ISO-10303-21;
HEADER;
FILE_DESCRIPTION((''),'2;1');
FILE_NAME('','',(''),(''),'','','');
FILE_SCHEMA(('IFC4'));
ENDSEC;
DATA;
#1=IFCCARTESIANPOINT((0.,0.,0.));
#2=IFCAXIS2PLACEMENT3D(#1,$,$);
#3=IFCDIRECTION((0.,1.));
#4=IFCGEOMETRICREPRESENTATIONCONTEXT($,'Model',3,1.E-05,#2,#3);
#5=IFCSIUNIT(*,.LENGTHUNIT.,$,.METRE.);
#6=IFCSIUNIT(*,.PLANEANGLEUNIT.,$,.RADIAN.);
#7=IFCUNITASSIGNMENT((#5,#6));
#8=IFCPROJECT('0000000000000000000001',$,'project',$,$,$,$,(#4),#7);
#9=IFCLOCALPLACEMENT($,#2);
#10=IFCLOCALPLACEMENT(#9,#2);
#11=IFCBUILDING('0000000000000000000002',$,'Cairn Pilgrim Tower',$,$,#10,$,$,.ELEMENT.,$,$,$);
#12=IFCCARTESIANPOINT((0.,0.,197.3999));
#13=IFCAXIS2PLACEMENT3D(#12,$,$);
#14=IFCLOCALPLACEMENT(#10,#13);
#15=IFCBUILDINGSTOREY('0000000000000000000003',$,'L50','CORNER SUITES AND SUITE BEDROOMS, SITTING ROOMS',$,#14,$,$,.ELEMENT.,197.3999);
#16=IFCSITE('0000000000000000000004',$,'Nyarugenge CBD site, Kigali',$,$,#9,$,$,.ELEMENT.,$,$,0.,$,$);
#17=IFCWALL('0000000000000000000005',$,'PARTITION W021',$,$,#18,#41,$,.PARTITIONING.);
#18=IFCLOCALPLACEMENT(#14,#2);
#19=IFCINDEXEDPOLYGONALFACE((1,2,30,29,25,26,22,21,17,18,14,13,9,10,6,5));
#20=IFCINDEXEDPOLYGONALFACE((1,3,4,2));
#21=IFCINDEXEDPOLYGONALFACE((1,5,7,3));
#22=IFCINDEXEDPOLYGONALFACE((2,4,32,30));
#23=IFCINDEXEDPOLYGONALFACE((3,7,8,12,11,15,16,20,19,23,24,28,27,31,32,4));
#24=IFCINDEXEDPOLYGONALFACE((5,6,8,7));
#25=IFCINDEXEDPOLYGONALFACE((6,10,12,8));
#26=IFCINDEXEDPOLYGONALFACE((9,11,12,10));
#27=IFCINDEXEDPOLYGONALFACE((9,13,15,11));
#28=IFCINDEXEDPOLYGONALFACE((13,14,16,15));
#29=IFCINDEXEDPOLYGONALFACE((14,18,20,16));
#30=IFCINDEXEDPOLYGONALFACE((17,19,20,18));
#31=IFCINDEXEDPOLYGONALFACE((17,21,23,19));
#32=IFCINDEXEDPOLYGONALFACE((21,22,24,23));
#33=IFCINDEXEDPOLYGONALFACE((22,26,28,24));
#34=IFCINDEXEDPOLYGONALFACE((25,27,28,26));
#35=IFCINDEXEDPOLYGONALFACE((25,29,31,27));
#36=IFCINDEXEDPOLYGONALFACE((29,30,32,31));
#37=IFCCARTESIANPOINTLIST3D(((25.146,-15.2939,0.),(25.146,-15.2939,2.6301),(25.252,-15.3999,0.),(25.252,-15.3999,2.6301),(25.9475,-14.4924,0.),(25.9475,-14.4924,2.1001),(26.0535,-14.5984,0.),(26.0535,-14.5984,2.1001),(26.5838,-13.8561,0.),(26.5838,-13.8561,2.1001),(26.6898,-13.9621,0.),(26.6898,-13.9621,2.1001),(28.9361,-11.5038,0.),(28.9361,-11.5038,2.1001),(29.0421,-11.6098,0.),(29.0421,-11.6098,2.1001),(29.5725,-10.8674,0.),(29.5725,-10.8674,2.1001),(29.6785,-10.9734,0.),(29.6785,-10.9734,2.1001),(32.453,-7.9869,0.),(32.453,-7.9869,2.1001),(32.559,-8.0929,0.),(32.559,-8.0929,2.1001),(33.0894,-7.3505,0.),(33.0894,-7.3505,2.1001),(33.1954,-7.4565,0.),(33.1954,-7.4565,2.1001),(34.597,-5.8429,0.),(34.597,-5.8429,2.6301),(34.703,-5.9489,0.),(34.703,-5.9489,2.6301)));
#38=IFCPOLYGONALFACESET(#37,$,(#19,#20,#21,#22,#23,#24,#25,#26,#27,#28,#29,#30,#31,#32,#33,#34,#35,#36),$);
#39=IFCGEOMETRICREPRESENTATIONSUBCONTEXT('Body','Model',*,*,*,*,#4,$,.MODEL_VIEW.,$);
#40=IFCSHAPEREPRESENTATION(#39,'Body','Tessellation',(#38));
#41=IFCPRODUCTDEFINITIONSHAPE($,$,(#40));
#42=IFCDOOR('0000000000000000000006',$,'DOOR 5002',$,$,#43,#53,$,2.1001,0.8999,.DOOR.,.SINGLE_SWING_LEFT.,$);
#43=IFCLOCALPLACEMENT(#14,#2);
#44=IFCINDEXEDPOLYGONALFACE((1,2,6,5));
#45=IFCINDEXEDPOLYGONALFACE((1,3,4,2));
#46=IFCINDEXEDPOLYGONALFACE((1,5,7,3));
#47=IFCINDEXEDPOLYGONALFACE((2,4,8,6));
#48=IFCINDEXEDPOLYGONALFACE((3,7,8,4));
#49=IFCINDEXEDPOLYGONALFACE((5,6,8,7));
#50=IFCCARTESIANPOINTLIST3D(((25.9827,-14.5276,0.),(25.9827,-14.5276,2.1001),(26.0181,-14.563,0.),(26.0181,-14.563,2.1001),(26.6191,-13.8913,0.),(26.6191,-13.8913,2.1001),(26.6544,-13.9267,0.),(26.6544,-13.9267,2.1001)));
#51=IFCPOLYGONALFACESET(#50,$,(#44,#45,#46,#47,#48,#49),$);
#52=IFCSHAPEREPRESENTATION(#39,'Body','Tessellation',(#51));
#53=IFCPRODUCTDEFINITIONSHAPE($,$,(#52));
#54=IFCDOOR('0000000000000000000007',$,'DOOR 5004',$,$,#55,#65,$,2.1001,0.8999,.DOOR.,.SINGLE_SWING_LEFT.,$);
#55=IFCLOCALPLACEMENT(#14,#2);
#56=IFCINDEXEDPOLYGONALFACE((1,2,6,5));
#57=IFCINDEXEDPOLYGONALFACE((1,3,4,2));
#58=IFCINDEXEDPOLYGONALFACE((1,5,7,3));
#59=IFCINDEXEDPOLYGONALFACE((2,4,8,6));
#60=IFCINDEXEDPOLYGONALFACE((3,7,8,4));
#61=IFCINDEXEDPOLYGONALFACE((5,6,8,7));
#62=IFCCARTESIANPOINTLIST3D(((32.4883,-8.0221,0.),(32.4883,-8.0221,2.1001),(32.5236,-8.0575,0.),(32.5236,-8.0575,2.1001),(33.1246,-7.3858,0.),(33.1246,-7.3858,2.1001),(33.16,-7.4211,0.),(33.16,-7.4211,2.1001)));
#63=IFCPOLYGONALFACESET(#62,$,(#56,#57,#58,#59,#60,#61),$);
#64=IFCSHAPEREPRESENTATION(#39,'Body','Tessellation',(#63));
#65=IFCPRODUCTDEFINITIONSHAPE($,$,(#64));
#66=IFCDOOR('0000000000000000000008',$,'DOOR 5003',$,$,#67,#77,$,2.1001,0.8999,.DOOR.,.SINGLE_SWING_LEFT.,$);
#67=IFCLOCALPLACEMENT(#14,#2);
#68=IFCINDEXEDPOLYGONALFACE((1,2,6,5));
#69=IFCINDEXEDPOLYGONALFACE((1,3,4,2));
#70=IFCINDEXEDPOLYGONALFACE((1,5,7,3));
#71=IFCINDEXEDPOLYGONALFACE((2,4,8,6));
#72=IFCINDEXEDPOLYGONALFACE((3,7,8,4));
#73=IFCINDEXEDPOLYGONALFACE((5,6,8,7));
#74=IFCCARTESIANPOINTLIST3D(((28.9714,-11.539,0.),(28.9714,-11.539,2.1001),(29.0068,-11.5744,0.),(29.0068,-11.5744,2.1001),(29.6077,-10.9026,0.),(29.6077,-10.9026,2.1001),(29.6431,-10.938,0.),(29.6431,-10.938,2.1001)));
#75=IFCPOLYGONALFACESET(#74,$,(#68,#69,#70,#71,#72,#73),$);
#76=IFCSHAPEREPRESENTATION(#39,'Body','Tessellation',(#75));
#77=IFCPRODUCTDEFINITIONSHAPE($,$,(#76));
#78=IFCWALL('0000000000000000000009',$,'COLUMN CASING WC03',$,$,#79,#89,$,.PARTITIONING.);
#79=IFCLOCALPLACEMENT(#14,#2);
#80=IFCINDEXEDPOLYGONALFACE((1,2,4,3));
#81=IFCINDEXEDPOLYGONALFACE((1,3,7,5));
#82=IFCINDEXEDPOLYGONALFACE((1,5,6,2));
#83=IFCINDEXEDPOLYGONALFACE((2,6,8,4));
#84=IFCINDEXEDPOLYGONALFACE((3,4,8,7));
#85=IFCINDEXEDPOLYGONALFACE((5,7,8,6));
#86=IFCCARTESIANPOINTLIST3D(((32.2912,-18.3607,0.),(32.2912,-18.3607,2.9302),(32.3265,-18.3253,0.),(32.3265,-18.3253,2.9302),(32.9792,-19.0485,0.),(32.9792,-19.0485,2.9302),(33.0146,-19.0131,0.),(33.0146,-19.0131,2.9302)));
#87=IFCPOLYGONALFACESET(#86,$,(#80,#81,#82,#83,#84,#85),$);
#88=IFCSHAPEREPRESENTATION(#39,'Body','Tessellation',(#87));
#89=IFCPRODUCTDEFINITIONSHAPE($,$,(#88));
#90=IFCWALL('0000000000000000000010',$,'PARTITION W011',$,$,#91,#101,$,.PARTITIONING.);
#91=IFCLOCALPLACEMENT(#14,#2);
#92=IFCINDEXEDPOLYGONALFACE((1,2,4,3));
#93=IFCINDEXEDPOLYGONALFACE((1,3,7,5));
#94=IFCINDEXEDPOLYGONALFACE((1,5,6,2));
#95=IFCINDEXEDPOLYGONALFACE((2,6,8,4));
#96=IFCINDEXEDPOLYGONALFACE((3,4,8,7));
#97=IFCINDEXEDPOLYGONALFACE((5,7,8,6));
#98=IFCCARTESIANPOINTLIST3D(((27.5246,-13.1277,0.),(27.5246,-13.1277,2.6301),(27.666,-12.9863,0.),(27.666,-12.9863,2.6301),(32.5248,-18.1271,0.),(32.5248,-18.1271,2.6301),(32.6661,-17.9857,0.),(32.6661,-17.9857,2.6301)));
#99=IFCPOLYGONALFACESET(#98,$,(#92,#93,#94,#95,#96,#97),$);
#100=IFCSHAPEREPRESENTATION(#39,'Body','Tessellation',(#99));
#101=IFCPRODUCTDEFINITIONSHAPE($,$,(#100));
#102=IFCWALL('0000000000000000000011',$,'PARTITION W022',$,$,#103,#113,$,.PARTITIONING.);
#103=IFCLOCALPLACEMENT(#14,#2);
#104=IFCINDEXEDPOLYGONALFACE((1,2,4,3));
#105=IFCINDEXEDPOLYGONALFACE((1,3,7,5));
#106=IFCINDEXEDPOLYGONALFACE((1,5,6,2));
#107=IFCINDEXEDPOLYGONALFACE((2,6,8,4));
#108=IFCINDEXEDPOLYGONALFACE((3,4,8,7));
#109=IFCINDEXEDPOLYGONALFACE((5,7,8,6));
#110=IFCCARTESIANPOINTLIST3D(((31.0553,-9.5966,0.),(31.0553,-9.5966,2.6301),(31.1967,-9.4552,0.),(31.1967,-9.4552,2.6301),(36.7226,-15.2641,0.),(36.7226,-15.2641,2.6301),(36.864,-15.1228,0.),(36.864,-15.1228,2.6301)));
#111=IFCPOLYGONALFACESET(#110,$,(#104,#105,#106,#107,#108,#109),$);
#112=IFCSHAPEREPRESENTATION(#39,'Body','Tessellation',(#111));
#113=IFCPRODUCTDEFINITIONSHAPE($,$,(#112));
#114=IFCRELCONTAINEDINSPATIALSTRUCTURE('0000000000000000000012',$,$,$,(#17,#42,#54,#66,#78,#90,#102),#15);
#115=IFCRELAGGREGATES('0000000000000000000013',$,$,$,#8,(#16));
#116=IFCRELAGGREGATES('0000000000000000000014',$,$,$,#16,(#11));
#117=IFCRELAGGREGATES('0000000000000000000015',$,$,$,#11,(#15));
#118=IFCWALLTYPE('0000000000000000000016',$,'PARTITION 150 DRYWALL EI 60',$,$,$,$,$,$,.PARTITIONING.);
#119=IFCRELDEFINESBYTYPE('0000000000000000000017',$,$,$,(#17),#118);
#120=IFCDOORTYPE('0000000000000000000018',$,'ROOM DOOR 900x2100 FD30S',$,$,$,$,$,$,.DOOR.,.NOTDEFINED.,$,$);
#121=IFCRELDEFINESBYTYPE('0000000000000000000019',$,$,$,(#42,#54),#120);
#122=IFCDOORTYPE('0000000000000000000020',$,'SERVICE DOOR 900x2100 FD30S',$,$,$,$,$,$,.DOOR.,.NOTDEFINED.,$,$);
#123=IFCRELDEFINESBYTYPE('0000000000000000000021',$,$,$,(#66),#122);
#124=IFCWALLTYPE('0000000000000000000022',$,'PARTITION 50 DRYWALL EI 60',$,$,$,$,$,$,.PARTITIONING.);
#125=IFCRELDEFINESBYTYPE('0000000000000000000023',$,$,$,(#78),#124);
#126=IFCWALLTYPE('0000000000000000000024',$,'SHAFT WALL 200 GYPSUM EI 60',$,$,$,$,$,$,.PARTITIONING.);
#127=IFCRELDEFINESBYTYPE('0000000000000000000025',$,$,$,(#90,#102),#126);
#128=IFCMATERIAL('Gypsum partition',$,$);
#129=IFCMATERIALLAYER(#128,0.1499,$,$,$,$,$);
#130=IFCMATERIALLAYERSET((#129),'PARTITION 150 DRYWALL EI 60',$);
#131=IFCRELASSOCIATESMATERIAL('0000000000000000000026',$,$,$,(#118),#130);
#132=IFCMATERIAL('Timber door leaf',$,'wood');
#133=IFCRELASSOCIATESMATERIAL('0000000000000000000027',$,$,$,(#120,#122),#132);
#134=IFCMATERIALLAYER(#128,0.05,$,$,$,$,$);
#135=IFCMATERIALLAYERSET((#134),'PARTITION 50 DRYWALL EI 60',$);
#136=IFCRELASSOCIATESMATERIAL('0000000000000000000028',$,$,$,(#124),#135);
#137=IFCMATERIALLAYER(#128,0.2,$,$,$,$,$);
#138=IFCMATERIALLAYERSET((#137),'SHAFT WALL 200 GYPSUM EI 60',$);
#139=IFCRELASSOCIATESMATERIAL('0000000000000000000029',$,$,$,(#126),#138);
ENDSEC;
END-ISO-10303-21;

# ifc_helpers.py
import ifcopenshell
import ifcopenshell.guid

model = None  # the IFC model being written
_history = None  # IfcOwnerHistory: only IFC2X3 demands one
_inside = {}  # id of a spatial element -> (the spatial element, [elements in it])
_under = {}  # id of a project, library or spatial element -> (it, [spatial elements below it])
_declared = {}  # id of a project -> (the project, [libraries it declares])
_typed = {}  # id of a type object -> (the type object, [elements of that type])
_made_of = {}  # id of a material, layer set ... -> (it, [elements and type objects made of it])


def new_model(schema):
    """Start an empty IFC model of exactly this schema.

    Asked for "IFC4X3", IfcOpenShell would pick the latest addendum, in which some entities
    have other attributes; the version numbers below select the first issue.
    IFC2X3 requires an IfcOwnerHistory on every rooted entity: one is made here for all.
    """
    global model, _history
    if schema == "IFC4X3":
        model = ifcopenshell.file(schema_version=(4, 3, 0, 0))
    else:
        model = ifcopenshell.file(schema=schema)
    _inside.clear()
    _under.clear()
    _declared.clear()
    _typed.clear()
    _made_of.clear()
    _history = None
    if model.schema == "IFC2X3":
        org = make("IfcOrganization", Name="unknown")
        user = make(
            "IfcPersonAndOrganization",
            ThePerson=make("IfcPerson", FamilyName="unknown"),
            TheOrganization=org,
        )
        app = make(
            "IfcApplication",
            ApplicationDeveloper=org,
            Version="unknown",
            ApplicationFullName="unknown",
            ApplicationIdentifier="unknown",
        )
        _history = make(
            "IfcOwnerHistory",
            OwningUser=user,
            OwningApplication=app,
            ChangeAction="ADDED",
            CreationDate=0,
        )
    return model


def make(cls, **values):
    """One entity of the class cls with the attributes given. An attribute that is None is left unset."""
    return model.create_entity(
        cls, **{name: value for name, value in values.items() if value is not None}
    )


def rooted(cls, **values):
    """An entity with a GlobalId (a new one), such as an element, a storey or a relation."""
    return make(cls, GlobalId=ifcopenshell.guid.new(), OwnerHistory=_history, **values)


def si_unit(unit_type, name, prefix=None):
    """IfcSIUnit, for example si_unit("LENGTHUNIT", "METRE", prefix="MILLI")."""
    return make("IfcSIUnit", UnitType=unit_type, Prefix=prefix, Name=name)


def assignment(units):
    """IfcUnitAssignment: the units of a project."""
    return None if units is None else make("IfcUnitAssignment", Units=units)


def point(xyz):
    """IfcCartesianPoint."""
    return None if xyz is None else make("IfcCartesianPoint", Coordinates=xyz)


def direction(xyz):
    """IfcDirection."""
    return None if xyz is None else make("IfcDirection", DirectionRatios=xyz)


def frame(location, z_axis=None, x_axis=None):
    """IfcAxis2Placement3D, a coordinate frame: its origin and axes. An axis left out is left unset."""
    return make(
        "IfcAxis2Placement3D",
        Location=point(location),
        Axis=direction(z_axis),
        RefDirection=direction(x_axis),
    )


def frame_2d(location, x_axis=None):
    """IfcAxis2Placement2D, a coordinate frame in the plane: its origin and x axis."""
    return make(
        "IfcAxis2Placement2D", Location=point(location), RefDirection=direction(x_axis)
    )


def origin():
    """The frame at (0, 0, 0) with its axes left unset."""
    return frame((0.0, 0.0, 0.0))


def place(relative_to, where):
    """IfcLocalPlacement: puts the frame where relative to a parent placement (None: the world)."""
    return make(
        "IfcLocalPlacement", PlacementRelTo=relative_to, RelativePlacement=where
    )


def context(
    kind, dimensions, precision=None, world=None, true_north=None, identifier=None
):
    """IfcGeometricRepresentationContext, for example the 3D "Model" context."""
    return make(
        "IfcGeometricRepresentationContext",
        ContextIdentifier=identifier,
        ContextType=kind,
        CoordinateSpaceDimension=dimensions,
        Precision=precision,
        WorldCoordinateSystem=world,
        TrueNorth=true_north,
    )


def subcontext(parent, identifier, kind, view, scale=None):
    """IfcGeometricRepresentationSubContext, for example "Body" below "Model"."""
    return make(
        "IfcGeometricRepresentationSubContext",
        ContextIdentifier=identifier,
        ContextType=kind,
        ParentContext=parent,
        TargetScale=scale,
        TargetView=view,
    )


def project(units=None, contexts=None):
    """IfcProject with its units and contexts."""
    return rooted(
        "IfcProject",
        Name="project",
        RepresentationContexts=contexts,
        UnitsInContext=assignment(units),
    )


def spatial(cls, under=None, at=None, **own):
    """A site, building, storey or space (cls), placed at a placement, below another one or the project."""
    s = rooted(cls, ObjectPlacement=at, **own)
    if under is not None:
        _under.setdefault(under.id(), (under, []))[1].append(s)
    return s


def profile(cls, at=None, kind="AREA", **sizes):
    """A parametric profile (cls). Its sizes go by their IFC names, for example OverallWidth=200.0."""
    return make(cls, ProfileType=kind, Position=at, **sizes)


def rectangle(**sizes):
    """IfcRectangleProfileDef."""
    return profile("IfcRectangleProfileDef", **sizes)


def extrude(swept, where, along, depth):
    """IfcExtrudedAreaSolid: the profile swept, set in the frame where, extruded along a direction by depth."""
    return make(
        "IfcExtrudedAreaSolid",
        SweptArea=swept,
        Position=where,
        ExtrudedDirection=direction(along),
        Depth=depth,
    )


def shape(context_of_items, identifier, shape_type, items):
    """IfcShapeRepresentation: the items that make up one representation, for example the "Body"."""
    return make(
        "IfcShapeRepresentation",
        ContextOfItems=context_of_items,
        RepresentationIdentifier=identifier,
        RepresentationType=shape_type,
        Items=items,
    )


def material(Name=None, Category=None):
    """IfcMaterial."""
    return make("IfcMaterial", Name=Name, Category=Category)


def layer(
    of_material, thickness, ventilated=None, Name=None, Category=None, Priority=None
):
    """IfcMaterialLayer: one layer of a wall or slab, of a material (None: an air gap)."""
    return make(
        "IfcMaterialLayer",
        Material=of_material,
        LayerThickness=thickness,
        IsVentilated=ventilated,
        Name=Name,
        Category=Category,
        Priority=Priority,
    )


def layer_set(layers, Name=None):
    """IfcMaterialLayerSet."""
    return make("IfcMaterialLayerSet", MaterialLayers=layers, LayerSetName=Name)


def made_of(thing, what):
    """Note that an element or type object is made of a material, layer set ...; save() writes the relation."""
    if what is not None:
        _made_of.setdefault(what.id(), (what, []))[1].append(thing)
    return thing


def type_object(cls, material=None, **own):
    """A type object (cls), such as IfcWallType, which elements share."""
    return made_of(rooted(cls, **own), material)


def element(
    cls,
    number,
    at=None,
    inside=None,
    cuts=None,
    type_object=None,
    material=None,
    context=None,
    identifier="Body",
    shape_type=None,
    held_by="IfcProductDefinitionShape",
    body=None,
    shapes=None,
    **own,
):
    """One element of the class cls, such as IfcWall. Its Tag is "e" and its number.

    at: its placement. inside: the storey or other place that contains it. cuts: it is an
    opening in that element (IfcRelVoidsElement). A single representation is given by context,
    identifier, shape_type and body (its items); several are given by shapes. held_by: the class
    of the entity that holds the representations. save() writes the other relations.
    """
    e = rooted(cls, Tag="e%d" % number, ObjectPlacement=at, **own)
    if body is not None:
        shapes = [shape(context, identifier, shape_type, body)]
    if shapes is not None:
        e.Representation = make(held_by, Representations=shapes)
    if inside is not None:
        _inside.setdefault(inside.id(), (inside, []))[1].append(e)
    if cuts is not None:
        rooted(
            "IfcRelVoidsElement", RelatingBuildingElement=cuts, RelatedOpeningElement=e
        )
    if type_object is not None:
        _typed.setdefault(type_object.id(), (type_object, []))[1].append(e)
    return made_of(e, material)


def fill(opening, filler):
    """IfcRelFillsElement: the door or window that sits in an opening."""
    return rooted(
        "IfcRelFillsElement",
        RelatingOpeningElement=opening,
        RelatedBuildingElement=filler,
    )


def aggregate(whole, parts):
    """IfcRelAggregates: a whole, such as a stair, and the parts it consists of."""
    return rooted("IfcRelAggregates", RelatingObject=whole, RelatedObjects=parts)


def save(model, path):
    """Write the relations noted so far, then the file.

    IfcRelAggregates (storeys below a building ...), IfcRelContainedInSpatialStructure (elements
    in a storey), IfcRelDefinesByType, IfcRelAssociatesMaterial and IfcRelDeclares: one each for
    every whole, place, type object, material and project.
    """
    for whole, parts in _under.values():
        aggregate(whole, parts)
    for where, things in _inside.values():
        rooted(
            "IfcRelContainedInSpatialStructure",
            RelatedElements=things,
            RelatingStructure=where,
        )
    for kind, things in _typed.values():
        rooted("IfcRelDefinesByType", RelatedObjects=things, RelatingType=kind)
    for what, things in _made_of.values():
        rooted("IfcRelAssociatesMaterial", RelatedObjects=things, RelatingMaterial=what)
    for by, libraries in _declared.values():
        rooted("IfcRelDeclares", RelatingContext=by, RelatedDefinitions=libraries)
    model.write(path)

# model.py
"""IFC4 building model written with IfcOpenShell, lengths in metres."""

from ifc_helpers import new_model, si_unit, direction, frame, frame_2d, origin, place, context, subcontext, project, spatial, rectangle, extrude, material, layer, layer_set, type_object, element, fill, save


model = new_model("IFC4")

# Units and contexts
model_context = context("Model", 3, precision=1e-05, world=origin(), true_north=direction((0.0, 1.0)))
body_context = subcontext(model_context, "Body", "Model", "MODEL_VIEW")
ifc_project = project(units=[si_unit("LENGTHUNIT", "METRE"), si_unit("PLANEANGLEUNIT", "RADIAN")], contexts=[model_context])

# Site, building, storey
site_placement = place(None, origin())
site = spatial("IfcSite", under=ifc_project, at=site_placement, Name="Nyarugenge CBD site, Kigali", CompositionType="ELEMENT", RefElevation=0.0)
building_placement = place(site_placement, origin())
building = spatial("IfcBuilding", under=site, at=building_placement, Name="Cairn Pilgrim Tower", CompositionType="ELEMENT")
storey_placement = place(building_placement, frame((0.0, 0.0, 197.3999)))
storey = spatial("IfcBuildingStorey", under=building, at=storey_placement, Name="L50", Description="CORNER SUITES AND SUITE BEDROOMS, SITTING ROOMS", CompositionType="ELEMENT", Elevation=197.3999)

# Shared definitions
ifc_material_1 = material(Name="Gypsum partition")

# Wall, openings, doors
ifc_layer_1 = layer(ifc_material_1, 0.1499)
ifc_layer_set_1 = layer_set([ifc_layer_1], Name="PARTITION 150 DRYWALL EI 60")
wall_type_1 = type_object("IfcWallType", Name="PARTITION 150 DRYWALL EI 60", PredefinedType="PARTITIONING", material=ifc_layer_set_1)
wall_1_placement = place(storey_placement, frame((25.199, -15.3469, 0.0), z_axis=(0.0, 0.0, 1.0), x_axis=(0.707107, 0.707107, 0.0)))
wall_1 = element("IfcWall", 1, at=wall_1_placement, inside=storey, type_object=wall_type_1, Name="PARTITION W021", PredefinedType="PARTITIONING", context=body_context, shape_type="SweptSolid", body=[
    extrude(rectangle(XDim=13.3657, YDim=0.1499, at=frame_2d((6.6829, 0.0))), origin(), (0.0, 0.0, 1.0), 2.6301),
])
opening_1_placement = place(wall_1_placement, frame((1.1335, 0.0, 0.0)))
opening_1 = element("IfcOpeningElement", 2, at=opening_1_placement, cuts=wall_1, PredefinedType="OPENING", context=body_context, shape_type="SweptSolid", body=[
    extrude(rectangle(XDim=0.8999, YDim=2.1001, at=frame_2d((0.45, 1.05))), frame((0.0, 0.085, 0.0), z_axis=(0.0, -1.0, 0.0), x_axis=(1.0, 0.0, 0.0)), (0.0, 0.0, 1.0), 0.1699),
])
opening_2_placement = place(wall_1_placement, frame((5.3601, 0.0, 0.0)))
opening_2 = element("IfcOpeningElement", 3, at=opening_2_placement, cuts=wall_1, PredefinedType="OPENING", context=body_context, shape_type="SweptSolid", body=[
    extrude(rectangle(XDim=0.8999, YDim=2.1001, at=frame_2d((0.45, 1.05))), frame((0.0, 0.085, 0.0), z_axis=(0.0, -1.0, 0.0), x_axis=(1.0, 0.0, 0.0)), (0.0, 0.0, 1.0), 0.1699),
])
opening_3_placement = place(wall_1_placement, frame((10.3337, 0.0, 0.0)))
opening_3 = element("IfcOpeningElement", 4, at=opening_3_placement, cuts=wall_1, PredefinedType="OPENING", context=body_context, shape_type="SweptSolid", body=[
    extrude(rectangle(XDim=0.8999, YDim=2.1001, at=frame_2d((0.45, 1.05))), frame((0.0, 0.085, 0.0), z_axis=(0.0, -1.0, 0.0), x_axis=(1.0, 0.0, 0.0)), (0.0, 0.0, 1.0), 0.1699),
])
ifc_material_2 = material(Name="Timber door leaf", Category="wood")
door_type_1 = type_object("IfcDoorType", Name="ROOM DOOR 900x2100 FD30S", OperationType="NOTDEFINED", PredefinedType="DOOR", material=ifc_material_2)
door_1_placement = place(opening_1_placement, frame((0.8999, 0.0, 0.0), z_axis=(0.0, 0.0, 1.0), x_axis=(-1.0, 0.0, 0.0)))
door_1 = element("IfcDoor", 5, at=door_1_placement, inside=storey, type_object=door_type_1, Name="DOOR 5002", OperationType="SINGLE_SWING_LEFT", OverallHeight=2.1001, OverallWidth=0.8999, PredefinedType="DOOR", context=body_context, shape_type="SweptSolid", body=[
    extrude(rectangle(XDim=0.8999, YDim=2.1001, at=frame_2d((0.45, 1.05))), frame((0.0, 0.0249, 0.0), z_axis=(0.0, -1.0, 0.0), x_axis=(1.0, 0.0, 0.0)), (0.0, 0.0, 1.0), 0.05),
])
fill(opening_1, door_1)
door_2_placement = place(opening_3_placement, frame((0.8999, 0.0, 0.0), z_axis=(0.0, 0.0, 1.0), x_axis=(-1.0, 0.0, 0.0)))
door_2 = element("IfcDoor", 6, at=door_2_placement, inside=storey, type_object=door_type_1, Name="DOOR 5004", OperationType="SINGLE_SWING_LEFT", OverallHeight=2.1001, OverallWidth=0.8999, PredefinedType="DOOR", context=body_context, shape_type="SweptSolid", body=[
    extrude(rectangle(XDim=0.8999, YDim=2.1001, at=frame_2d((0.45, 1.05))), frame((0.0, 0.0249, 0.0), z_axis=(0.0, -1.0, 0.0), x_axis=(1.0, 0.0, 0.0)), (0.0, 0.0, 1.0), 0.05),
])
fill(opening_3, door_2)
door_type_2 = type_object("IfcDoorType", Name="SERVICE DOOR 900x2100 FD30S", OperationType="NOTDEFINED", PredefinedType="DOOR", material=ifc_material_2)
door_3_placement = place(opening_2_placement, frame((0.8999, 0.0, 0.0), z_axis=(0.0, 0.0, 1.0), x_axis=(-1.0, 0.0, 0.0)))
door_3 = element("IfcDoor", 7, at=door_3_placement, inside=storey, type_object=door_type_2, Name="DOOR 5003", OperationType="SINGLE_SWING_LEFT", OverallHeight=2.1001, OverallWidth=0.8999, PredefinedType="DOOR", context=body_context, shape_type="SweptSolid", body=[
    extrude(rectangle(XDim=0.8999, YDim=2.1001, at=frame_2d((0.45, 1.05))), frame((0.0, 0.0249, 0.0), z_axis=(0.0, -1.0, 0.0), x_axis=(1.0, 0.0, 0.0)), (0.0, 0.0, 1.0), 0.05),
])
fill(opening_2, door_3)

# Walls
ifc_layer_2 = layer(ifc_material_1, 0.05)
ifc_layer_set_2 = layer_set([ifc_layer_2], Name="PARTITION 50 DRYWALL EI 60")
wall_type_2 = type_object("IfcWallType", Name="PARTITION 50 DRYWALL EI 60", PredefinedType="PARTITIONING", material=ifc_layer_set_2)
wall_2_placement = place(storey_placement, frame((32.9968, -19.0308, 0.0), z_axis=(0.0, 0.0, 1.0), x_axis=(-0.707232, 0.706981, 0.0)))
element("IfcWall", 8, at=wall_2_placement, inside=storey, type_object=wall_type_2, Name="COLUMN CASING WC03", PredefinedType="PARTITIONING", context=body_context, shape_type="SweptSolid", body=[
    extrude(rectangle(XDim=0.9729, YDim=0.05, at=frame_2d((0.4863, 0.0))), origin(), (0.0, 0.0, 1.0), 2.9302),
])
ifc_layer_3 = layer(ifc_material_1, 0.2)
ifc_layer_set_3 = layer_set([ifc_layer_3], Name="SHAFT WALL 200 GYPSUM EI 60")
wall_type_3 = type_object("IfcWallType", Name="SHAFT WALL 200 GYPSUM EI 60", PredefinedType="PARTITIONING", material=ifc_layer_set_3)
wall_3_placement = place(storey_placement, frame((32.5955, -18.0564, 0.0), z_axis=(0.0, 0.0, 1.0), x_axis=(-0.707159, 0.707055, 0.0)))
element("IfcWall", 9, at=wall_3_placement, inside=storey, type_object=wall_type_3, Name="PARTITION W011", PredefinedType="PARTITIONING", context=body_context, shape_type="SweptSolid", body=[
    extrude(rectangle(XDim=7.0708, YDim=0.2, at=frame_2d((3.5354, 0.0))), origin(), (0.0, 0.0, 1.0), 2.6301),
])
wall_4_placement = place(storey_placement, frame((36.7932, -15.1934, 0.0), z_axis=(0.0, 0.0, 1.0), x_axis=(-0.707092, 0.707122, 0.0)))
element("IfcWall", 10, at=wall_4_placement, inside=storey, type_object=wall_type_3, Name="PARTITION W022", PredefinedType="PARTITIONING", context=body_context, shape_type="SweptSolid", body=[
    extrude(rectangle(XDim=8.0149, YDim=0.2, at=frame_2d((4.0073, 0.0))), origin(), (0.0, 0.0, 1.0), 2.6301),
])

save(model, "model.ifc")
